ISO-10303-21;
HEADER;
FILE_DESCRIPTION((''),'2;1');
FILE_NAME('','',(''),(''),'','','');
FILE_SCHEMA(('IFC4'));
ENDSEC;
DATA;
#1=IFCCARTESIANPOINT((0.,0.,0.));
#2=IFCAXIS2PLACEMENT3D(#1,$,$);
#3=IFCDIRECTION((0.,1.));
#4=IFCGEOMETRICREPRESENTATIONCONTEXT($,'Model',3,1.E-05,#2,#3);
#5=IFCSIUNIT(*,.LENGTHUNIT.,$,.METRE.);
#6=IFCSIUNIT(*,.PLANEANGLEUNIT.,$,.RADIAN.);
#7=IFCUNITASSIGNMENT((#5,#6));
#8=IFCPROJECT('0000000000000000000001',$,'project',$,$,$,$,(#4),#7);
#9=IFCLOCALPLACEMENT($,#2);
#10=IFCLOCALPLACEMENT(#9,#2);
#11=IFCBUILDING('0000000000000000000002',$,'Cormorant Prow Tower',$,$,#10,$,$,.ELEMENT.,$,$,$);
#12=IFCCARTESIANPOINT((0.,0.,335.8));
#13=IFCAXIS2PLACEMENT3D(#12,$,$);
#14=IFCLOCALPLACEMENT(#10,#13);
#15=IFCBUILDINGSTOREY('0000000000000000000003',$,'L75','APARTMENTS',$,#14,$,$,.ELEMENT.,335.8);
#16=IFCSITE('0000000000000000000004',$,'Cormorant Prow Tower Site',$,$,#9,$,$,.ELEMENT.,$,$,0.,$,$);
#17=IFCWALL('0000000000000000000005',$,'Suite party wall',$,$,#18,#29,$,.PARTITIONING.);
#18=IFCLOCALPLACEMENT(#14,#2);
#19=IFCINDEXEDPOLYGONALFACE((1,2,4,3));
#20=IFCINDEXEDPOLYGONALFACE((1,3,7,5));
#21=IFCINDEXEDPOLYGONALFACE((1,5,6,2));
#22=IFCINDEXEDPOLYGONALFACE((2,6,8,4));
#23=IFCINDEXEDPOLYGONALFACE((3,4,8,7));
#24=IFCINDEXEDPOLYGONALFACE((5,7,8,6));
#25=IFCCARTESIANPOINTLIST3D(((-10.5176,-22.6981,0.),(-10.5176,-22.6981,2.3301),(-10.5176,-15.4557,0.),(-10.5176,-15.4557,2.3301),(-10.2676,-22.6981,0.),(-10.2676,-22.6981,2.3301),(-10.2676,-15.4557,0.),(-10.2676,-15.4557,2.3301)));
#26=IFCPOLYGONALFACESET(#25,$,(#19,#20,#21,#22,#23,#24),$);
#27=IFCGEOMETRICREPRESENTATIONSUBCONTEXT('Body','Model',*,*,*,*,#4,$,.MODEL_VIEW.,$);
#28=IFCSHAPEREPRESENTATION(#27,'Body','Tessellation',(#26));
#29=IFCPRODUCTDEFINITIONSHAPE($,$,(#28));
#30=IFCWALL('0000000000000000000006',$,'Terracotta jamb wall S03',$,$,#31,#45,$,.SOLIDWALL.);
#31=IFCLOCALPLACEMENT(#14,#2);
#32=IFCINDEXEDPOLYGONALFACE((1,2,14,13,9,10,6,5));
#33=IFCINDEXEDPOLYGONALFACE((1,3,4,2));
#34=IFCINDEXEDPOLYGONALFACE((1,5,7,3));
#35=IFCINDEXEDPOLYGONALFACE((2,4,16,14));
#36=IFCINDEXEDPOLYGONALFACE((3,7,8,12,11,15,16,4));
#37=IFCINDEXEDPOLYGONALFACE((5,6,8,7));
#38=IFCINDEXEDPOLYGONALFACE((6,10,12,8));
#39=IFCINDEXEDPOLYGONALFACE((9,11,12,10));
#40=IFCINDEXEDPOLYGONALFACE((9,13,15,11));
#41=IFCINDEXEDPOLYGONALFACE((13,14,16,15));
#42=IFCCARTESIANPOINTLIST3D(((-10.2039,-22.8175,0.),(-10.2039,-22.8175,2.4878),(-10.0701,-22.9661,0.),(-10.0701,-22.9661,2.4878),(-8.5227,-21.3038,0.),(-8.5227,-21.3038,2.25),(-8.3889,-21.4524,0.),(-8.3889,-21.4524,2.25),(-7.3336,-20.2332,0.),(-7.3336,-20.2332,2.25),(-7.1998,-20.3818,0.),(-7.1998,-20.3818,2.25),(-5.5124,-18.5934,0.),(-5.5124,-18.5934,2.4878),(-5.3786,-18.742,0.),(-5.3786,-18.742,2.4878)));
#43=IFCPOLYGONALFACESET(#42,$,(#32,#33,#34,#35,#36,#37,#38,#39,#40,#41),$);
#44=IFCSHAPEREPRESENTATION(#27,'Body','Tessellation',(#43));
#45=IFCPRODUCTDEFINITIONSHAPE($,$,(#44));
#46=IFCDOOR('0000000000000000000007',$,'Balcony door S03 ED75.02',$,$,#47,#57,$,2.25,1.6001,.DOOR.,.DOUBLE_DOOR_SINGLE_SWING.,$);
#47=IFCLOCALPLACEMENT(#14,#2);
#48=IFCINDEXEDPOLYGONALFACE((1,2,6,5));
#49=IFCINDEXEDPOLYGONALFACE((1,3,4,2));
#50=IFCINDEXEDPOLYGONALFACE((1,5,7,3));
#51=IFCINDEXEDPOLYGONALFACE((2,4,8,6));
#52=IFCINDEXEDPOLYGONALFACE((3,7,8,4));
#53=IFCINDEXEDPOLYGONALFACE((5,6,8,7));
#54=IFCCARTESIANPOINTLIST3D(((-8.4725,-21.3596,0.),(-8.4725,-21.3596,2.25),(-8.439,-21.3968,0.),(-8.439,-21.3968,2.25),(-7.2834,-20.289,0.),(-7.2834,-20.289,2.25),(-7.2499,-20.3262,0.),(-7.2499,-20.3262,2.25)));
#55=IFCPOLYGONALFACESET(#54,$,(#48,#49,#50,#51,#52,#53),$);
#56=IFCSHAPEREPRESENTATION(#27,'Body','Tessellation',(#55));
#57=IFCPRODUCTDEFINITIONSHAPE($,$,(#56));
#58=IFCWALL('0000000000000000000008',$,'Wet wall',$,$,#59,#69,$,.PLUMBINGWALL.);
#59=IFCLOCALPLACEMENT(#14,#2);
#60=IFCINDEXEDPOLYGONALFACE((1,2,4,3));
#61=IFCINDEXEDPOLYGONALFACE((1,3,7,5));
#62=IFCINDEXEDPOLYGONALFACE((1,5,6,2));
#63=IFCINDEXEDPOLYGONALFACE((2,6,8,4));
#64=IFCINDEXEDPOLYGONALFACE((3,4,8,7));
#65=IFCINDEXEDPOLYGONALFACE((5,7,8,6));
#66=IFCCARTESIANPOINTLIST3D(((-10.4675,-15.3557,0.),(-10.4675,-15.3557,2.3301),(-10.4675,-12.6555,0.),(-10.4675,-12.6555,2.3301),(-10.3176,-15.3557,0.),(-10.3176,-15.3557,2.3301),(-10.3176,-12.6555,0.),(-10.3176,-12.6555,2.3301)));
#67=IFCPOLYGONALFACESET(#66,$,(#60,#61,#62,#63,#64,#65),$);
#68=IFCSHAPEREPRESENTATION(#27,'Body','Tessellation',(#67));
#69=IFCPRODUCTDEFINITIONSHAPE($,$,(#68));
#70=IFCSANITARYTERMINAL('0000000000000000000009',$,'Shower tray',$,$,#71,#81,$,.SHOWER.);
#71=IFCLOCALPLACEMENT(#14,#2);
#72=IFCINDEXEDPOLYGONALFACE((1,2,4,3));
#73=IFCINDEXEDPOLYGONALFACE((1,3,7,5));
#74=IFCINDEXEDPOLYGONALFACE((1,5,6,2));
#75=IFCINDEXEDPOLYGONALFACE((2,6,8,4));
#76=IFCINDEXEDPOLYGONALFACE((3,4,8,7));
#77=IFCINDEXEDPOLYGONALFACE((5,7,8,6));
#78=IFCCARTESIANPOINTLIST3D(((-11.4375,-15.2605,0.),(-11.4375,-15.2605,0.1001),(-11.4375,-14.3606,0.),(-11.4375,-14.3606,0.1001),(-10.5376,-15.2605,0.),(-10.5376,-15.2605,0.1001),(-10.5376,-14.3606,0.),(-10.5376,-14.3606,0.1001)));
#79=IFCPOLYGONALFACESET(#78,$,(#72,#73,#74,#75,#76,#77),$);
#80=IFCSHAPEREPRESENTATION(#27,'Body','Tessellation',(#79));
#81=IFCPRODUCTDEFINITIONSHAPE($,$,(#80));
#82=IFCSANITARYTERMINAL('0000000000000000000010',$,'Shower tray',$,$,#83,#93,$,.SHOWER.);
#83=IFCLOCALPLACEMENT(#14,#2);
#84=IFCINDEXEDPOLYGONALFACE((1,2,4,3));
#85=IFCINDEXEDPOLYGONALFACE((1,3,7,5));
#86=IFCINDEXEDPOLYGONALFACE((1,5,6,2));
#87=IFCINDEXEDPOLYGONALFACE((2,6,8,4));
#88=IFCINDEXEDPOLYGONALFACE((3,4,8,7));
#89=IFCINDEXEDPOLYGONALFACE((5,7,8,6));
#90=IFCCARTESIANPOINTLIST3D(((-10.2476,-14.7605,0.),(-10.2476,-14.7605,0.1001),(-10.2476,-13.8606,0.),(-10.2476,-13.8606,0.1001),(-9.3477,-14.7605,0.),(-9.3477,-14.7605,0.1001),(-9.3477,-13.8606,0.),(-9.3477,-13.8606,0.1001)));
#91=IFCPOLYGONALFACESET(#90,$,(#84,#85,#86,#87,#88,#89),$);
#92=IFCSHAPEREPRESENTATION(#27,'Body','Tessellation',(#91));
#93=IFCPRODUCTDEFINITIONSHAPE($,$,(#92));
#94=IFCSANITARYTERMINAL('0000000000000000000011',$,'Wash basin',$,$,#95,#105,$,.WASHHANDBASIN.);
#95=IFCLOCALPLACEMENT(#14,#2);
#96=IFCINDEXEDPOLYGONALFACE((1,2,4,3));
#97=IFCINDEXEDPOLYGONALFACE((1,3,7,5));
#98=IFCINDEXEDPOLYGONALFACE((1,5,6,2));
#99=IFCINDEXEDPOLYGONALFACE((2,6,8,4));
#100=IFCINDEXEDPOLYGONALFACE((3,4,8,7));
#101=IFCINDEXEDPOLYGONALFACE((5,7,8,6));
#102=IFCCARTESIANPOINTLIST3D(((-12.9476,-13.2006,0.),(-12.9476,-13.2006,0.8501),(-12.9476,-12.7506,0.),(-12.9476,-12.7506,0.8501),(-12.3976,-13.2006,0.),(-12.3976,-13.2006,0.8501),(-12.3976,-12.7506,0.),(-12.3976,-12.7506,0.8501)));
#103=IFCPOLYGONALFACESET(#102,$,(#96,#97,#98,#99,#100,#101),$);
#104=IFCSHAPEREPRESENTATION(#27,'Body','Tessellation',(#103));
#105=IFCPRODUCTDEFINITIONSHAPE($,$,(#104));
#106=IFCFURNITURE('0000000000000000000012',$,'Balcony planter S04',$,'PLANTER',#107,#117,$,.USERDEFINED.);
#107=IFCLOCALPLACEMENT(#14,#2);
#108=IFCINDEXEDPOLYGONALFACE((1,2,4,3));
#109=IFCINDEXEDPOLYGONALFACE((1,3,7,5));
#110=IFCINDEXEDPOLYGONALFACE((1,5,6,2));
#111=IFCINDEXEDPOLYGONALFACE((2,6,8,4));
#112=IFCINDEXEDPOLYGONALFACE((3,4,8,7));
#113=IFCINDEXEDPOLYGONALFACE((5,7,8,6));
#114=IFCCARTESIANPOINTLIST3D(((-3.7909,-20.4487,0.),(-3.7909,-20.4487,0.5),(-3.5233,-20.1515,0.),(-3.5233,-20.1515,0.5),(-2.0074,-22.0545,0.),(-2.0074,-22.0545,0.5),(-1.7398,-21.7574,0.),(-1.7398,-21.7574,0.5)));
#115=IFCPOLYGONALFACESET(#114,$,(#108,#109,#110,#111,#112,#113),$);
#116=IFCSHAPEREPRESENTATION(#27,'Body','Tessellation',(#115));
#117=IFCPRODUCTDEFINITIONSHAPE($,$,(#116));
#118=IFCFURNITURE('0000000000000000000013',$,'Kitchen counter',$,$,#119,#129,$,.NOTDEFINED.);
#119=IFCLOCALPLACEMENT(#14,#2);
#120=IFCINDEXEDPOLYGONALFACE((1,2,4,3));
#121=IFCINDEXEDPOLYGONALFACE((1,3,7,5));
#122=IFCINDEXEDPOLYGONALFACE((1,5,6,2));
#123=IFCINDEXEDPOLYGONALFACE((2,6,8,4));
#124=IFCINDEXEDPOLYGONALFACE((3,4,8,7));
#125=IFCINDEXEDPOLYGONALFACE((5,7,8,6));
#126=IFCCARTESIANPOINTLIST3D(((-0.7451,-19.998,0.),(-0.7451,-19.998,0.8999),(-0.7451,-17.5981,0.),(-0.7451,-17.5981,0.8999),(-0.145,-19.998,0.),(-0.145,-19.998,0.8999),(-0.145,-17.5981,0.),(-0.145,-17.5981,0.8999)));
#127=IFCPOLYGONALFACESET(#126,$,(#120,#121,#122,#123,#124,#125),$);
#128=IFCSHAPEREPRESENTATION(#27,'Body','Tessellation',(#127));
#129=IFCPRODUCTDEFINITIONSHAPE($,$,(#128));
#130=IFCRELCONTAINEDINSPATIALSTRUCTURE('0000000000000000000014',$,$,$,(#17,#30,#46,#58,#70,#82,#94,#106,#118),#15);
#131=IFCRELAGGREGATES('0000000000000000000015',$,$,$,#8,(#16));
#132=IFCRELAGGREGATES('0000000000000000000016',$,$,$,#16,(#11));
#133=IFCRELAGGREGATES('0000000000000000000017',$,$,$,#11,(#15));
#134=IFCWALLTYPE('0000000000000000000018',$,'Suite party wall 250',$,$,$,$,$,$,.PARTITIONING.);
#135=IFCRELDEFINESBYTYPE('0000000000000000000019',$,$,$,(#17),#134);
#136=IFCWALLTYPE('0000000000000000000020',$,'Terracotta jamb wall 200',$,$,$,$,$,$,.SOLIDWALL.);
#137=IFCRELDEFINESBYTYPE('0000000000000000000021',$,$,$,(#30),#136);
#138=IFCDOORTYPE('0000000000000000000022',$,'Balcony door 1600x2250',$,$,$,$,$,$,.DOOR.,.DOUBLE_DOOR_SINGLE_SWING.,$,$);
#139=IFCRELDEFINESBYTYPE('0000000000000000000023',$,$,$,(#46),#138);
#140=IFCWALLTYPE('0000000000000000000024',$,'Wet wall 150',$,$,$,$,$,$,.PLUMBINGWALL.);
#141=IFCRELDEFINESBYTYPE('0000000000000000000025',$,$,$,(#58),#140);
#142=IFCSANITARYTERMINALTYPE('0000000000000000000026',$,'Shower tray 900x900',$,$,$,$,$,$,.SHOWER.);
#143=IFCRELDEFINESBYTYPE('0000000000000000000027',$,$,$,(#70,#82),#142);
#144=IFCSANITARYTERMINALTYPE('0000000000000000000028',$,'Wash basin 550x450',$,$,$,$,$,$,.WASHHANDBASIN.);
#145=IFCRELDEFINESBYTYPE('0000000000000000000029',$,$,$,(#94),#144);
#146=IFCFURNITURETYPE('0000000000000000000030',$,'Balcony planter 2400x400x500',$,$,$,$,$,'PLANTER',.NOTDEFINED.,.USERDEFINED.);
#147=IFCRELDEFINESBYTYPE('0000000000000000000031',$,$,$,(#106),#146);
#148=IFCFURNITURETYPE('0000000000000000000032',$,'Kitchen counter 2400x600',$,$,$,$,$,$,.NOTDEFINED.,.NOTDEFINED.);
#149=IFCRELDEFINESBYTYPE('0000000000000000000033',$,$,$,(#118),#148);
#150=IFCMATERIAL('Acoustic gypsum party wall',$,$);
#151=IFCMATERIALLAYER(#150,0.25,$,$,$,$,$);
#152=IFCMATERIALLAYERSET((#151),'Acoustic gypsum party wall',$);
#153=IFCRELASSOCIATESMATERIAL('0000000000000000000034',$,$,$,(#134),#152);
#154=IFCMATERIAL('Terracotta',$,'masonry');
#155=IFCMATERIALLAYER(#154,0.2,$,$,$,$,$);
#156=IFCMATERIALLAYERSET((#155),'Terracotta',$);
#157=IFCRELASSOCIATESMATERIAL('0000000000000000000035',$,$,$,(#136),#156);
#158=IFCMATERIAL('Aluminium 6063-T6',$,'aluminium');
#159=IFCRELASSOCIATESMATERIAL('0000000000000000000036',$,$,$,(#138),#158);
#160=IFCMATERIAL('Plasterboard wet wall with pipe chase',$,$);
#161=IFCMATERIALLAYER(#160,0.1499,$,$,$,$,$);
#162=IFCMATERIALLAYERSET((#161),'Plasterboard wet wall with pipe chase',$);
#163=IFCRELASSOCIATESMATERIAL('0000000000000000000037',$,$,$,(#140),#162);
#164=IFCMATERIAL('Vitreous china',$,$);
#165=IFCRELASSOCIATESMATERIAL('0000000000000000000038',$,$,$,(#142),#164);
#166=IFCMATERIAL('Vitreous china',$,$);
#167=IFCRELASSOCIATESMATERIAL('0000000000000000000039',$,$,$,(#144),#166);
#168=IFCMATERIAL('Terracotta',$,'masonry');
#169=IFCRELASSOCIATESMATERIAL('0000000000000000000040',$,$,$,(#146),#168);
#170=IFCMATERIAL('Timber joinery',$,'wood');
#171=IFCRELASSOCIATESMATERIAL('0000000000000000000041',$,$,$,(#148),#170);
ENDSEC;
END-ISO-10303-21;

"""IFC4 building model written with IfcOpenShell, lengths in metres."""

from ifc_helpers import new_model, si_unit, direction, frame, frame_2d, origin, origin_2d, place, context, subcontext, project, spatial, rectangle, extrude, material, layer, layer_set, type_object, element, fill, save


model = new_model("IFC4")

# Units and contexts
model_context = context("Model", 3, precision=1e-05, world=origin(), true_north=direction((0.0, 1.0)))
body_context = subcontext(model_context, "Body", "Model", "MODEL_VIEW")
ifc_project = project(units=[si_unit("LENGTHUNIT", "METRE"), si_unit("PLANEANGLEUNIT", "RADIAN")], contexts=[model_context])

# Site, building, storey
site_placement = place(None, origin())
site = spatial("IfcSite", under=ifc_project, at=site_placement, Name="Cormorant Prow Tower Site", CompositionType="ELEMENT", RefElevation=0.0)
building_placement = place(site_placement, origin())
building = spatial("IfcBuilding", under=site, at=building_placement, Name="Cormorant Prow Tower", CompositionType="ELEMENT")
storey_placement = place(building_placement, frame((0.0, 0.0, 335.8)))
storey = spatial("IfcBuildingStorey", under=building, at=storey_placement, Name="L75", Description="APARTMENTS", CompositionType="ELEMENT", Elevation=335.8)

# Wall
ifc_material_1 = material(Name="Acoustic gypsum party wall")
ifc_layer_1 = layer(ifc_material_1, 0.25)
ifc_layer_set_1 = layer_set([ifc_layer_1], Name="Acoustic gypsum party wall")
wall_type_1 = type_object("IfcWallType", Name="Suite party wall 250", PredefinedType="PARTITIONING", material=ifc_layer_set_1)
wall_1_placement = place(storey_placement, frame((-10.3926, -22.698, 0.0), z_axis=(0.0, 0.0, 1.0), x_axis=(0.0, 1.0, 0.0)))
element("IfcWall", 1, at=wall_1_placement, inside=storey, type_object=wall_type_1, Name="Suite party wall", PredefinedType="PARTITIONING", context=body_context, shape_type="SweptSolid", body=[
    extrude(rectangle(XDim=7.2424, YDim=0.25, at=frame_2d((3.6211, 0.0))), origin(), (0.0, 0.0, 1.0), 2.3301),
])

# Wall, opening, door
ifc_material_2 = material(Name="Terracotta", Category="masonry")
ifc_layer_2 = layer(ifc_material_2, 0.2)
ifc_layer_set_2 = layer_set([ifc_layer_2], Name="Terracotta")
wall_type_2 = type_object("IfcWallType", Name="Terracotta jamb wall 200", PredefinedType="SOLIDWALL", material=ifc_layer_set_2)
wall_2_placement = place(storey_placement, frame((-10.137, -22.8918, 0.0), z_axis=(0.0, 0.0, 1.0), x_axis=(0.743148, 0.669127, 0.0)))
wall_2 = element("IfcWall", 2, at=wall_2_placement, inside=storey, type_object=wall_type_2, Name="Terracotta jamb wall S03", PredefinedType="SOLIDWALL", context=body_context, shape_type="SweptSolid", body=[
    extrude(rectangle(XDim=6.313, YDim=0.2, at=frame_2d((3.1565, 0.0))), origin(), (0.0, 0.0, 1.0), 2.4878),
])
opening_1_placement = place(wall_2_placement, frame((2.2622, 0.0, 0.0)))
opening_1 = element("IfcOpeningElement", 3, at=opening_1_placement, cuts=wall_2, PredefinedType="OPENING", context=body_context, shape_type="SweptSolid", body=[
    extrude(rectangle(XDim=1.6001, YDim=2.25, at=frame_2d((0.8, 1.125))), frame((0.0, 0.1099, 0.0), z_axis=(0.0, -1.0, 0.0), x_axis=(1.0, 0.0, 0.0)), (0.0, 0.0, 1.0), 0.22),
])
ifc_material_3 = material(Name="Aluminium 6063-T6", Category="aluminium")
door_type_1 = type_object("IfcDoorType", Name="Balcony door 1600x2250", OperationType="DOUBLE_DOOR_SINGLE_SWING", PredefinedType="DOOR", material=ifc_material_3)
door_1_placement = place(opening_1_placement, origin())
door_1 = element("IfcDoor", 4, at=door_1_placement, inside=storey, type_object=door_type_1, Name="Balcony door S03 ED75.02", OperationType="DOUBLE_DOOR_SINGLE_SWING", OverallHeight=2.25, OverallWidth=1.6001, PredefinedType="DOOR", context=body_context, shape_type="SweptSolid", body=[
    extrude(rectangle(XDim=1.6001, YDim=2.25, at=frame_2d((0.8, 1.125))), frame((0.0, 0.0249, 0.0), z_axis=(0.0, -1.0, 0.0), x_axis=(1.0, 0.0, 0.0)), (0.0, 0.0, 1.0), 0.05),
])
fill(opening_1, door_1)

# Wall
ifc_material_4 = material(Name="Plasterboard wet wall with pipe chase")
ifc_layer_3 = layer(ifc_material_4, 0.1499)
ifc_layer_set_3 = layer_set([ifc_layer_3], Name="Plasterboard wet wall with pipe chase")
wall_type_3 = type_object("IfcWallType", Name="Wet wall 150", PredefinedType="PLUMBINGWALL", material=ifc_layer_set_3)
wall_3_placement = place(storey_placement, frame((-10.3926, -15.3557, 0.0), z_axis=(0.0, 0.0, 1.0), x_axis=(0.0, 1.0, 0.0)))
element("IfcWall", 5, at=wall_3_placement, inside=storey, type_object=wall_type_3, Name="Wet wall", PredefinedType="PLUMBINGWALL", context=body_context, shape_type="SweptSolid", body=[
    extrude(rectangle(XDim=2.7002, YDim=0.1499, at=frame_2d((1.3501, 0.0))), origin(), (0.0, 0.0, 1.0), 2.3301),
])

# Sanitary terminals
ifc_material_5 = material(Name="Vitreous china")
sanitary_terminal_type_1 = type_object("IfcSanitaryTerminalType", Name="Shower tray 900x900", PredefinedType="SHOWER", material=ifc_material_5)
for number, where, z_axis, x_axis, name in (
    (6, (-10.9875, -14.8105, 0.0), (0.0, 0.0, 1.0), (-1.0, 0.0, 0.0), "Shower tray"),
    (7, (-9.7976, -14.3105, 0.0), (0.0, 0.0, 1.0), (1.0, 0.0, 0.0), "Shower tray"),
):
    element("IfcSanitaryTerminal", number, at=place(storey_placement, frame(where, z_axis=z_axis, x_axis=x_axis)), inside=storey, type_object=sanitary_terminal_type_1, Name=name, PredefinedType="SHOWER", context=body_context, shape_type="SweptSolid", body=[
        extrude(rectangle(XDim=0.8999, YDim=0.8999, at=origin_2d()), origin(), (0.0, 0.0, 1.0), 0.1001),
    ])
ifc_material_6 = material(Name="Vitreous china")
sanitary_terminal_type_2 = type_object("IfcSanitaryTerminalType", Name="Wash basin 550x450", PredefinedType="WASHHANDBASIN", material=ifc_material_6)
sanitary_terminal_placement = place(storey_placement, frame((-12.6726, -12.9756, 0.0), z_axis=(0.0, 0.0, 1.0), x_axis=(1.0, 0.0, 0.0)))
element("IfcSanitaryTerminal", 8, at=sanitary_terminal_placement, inside=storey, type_object=sanitary_terminal_type_2, Name="Wash basin", PredefinedType="WASHHANDBASIN", context=body_context, shape_type="SweptSolid", body=[
    extrude(rectangle(XDim=0.55, YDim=0.45, at=origin_2d()), origin(), (0.0, 0.0, 1.0), 0.8501),
])

# Furniture
ifc_material_7 = material(Name="Terracotta", Category="masonry")
furniture_type_1 = type_object("IfcFurnitureType", Name="Balcony planter 2400x400x500", ElementType="PLANTER", AssemblyPlace="NOTDEFINED", PredefinedType="USERDEFINED", material=ifc_material_7)
furniture_1_placement = place(storey_placement, frame((-2.7654, -21.103, 0.0), z_axis=(0.0, 0.0, 1.0), x_axis=(0.743145, -0.669131, 0.0)))
element("IfcFurniture", 9, at=furniture_1_placement, inside=storey, type_object=furniture_type_1, Name="Balcony planter S04", ObjectType="PLANTER", PredefinedType="USERDEFINED", context=body_context, shape_type="SweptSolid", body=[
    extrude(rectangle(XDim=2.3999, YDim=0.3999, at=origin_2d()), origin(), (0.0, 0.0, 1.0), 0.5),
])
ifc_material_8 = material(Name="Timber joinery", Category="wood")
furniture_type_2 = type_object("IfcFurnitureType", Name="Kitchen counter 2400x600", AssemblyPlace="NOTDEFINED", PredefinedType="NOTDEFINED", material=ifc_material_8)
furniture_2_placement = place(storey_placement, frame((-0.4451, -18.7981, 0.0), z_axis=(0.0, 0.0, 1.0), x_axis=(0.0, -1.0, 0.0)))
element("IfcFurniture", 10, at=furniture_2_placement, inside=storey, type_object=furniture_type_2, Name="Kitchen counter", PredefinedType="NOTDEFINED", context=body_context, shape_type="SweptSolid", body=[
    extrude(rectangle(XDim=2.3999, YDim=0.6001, at=origin_2d()), origin(), (0.0, 0.0, 1.0), 0.8999),
])

save(model, "model.ifc")
